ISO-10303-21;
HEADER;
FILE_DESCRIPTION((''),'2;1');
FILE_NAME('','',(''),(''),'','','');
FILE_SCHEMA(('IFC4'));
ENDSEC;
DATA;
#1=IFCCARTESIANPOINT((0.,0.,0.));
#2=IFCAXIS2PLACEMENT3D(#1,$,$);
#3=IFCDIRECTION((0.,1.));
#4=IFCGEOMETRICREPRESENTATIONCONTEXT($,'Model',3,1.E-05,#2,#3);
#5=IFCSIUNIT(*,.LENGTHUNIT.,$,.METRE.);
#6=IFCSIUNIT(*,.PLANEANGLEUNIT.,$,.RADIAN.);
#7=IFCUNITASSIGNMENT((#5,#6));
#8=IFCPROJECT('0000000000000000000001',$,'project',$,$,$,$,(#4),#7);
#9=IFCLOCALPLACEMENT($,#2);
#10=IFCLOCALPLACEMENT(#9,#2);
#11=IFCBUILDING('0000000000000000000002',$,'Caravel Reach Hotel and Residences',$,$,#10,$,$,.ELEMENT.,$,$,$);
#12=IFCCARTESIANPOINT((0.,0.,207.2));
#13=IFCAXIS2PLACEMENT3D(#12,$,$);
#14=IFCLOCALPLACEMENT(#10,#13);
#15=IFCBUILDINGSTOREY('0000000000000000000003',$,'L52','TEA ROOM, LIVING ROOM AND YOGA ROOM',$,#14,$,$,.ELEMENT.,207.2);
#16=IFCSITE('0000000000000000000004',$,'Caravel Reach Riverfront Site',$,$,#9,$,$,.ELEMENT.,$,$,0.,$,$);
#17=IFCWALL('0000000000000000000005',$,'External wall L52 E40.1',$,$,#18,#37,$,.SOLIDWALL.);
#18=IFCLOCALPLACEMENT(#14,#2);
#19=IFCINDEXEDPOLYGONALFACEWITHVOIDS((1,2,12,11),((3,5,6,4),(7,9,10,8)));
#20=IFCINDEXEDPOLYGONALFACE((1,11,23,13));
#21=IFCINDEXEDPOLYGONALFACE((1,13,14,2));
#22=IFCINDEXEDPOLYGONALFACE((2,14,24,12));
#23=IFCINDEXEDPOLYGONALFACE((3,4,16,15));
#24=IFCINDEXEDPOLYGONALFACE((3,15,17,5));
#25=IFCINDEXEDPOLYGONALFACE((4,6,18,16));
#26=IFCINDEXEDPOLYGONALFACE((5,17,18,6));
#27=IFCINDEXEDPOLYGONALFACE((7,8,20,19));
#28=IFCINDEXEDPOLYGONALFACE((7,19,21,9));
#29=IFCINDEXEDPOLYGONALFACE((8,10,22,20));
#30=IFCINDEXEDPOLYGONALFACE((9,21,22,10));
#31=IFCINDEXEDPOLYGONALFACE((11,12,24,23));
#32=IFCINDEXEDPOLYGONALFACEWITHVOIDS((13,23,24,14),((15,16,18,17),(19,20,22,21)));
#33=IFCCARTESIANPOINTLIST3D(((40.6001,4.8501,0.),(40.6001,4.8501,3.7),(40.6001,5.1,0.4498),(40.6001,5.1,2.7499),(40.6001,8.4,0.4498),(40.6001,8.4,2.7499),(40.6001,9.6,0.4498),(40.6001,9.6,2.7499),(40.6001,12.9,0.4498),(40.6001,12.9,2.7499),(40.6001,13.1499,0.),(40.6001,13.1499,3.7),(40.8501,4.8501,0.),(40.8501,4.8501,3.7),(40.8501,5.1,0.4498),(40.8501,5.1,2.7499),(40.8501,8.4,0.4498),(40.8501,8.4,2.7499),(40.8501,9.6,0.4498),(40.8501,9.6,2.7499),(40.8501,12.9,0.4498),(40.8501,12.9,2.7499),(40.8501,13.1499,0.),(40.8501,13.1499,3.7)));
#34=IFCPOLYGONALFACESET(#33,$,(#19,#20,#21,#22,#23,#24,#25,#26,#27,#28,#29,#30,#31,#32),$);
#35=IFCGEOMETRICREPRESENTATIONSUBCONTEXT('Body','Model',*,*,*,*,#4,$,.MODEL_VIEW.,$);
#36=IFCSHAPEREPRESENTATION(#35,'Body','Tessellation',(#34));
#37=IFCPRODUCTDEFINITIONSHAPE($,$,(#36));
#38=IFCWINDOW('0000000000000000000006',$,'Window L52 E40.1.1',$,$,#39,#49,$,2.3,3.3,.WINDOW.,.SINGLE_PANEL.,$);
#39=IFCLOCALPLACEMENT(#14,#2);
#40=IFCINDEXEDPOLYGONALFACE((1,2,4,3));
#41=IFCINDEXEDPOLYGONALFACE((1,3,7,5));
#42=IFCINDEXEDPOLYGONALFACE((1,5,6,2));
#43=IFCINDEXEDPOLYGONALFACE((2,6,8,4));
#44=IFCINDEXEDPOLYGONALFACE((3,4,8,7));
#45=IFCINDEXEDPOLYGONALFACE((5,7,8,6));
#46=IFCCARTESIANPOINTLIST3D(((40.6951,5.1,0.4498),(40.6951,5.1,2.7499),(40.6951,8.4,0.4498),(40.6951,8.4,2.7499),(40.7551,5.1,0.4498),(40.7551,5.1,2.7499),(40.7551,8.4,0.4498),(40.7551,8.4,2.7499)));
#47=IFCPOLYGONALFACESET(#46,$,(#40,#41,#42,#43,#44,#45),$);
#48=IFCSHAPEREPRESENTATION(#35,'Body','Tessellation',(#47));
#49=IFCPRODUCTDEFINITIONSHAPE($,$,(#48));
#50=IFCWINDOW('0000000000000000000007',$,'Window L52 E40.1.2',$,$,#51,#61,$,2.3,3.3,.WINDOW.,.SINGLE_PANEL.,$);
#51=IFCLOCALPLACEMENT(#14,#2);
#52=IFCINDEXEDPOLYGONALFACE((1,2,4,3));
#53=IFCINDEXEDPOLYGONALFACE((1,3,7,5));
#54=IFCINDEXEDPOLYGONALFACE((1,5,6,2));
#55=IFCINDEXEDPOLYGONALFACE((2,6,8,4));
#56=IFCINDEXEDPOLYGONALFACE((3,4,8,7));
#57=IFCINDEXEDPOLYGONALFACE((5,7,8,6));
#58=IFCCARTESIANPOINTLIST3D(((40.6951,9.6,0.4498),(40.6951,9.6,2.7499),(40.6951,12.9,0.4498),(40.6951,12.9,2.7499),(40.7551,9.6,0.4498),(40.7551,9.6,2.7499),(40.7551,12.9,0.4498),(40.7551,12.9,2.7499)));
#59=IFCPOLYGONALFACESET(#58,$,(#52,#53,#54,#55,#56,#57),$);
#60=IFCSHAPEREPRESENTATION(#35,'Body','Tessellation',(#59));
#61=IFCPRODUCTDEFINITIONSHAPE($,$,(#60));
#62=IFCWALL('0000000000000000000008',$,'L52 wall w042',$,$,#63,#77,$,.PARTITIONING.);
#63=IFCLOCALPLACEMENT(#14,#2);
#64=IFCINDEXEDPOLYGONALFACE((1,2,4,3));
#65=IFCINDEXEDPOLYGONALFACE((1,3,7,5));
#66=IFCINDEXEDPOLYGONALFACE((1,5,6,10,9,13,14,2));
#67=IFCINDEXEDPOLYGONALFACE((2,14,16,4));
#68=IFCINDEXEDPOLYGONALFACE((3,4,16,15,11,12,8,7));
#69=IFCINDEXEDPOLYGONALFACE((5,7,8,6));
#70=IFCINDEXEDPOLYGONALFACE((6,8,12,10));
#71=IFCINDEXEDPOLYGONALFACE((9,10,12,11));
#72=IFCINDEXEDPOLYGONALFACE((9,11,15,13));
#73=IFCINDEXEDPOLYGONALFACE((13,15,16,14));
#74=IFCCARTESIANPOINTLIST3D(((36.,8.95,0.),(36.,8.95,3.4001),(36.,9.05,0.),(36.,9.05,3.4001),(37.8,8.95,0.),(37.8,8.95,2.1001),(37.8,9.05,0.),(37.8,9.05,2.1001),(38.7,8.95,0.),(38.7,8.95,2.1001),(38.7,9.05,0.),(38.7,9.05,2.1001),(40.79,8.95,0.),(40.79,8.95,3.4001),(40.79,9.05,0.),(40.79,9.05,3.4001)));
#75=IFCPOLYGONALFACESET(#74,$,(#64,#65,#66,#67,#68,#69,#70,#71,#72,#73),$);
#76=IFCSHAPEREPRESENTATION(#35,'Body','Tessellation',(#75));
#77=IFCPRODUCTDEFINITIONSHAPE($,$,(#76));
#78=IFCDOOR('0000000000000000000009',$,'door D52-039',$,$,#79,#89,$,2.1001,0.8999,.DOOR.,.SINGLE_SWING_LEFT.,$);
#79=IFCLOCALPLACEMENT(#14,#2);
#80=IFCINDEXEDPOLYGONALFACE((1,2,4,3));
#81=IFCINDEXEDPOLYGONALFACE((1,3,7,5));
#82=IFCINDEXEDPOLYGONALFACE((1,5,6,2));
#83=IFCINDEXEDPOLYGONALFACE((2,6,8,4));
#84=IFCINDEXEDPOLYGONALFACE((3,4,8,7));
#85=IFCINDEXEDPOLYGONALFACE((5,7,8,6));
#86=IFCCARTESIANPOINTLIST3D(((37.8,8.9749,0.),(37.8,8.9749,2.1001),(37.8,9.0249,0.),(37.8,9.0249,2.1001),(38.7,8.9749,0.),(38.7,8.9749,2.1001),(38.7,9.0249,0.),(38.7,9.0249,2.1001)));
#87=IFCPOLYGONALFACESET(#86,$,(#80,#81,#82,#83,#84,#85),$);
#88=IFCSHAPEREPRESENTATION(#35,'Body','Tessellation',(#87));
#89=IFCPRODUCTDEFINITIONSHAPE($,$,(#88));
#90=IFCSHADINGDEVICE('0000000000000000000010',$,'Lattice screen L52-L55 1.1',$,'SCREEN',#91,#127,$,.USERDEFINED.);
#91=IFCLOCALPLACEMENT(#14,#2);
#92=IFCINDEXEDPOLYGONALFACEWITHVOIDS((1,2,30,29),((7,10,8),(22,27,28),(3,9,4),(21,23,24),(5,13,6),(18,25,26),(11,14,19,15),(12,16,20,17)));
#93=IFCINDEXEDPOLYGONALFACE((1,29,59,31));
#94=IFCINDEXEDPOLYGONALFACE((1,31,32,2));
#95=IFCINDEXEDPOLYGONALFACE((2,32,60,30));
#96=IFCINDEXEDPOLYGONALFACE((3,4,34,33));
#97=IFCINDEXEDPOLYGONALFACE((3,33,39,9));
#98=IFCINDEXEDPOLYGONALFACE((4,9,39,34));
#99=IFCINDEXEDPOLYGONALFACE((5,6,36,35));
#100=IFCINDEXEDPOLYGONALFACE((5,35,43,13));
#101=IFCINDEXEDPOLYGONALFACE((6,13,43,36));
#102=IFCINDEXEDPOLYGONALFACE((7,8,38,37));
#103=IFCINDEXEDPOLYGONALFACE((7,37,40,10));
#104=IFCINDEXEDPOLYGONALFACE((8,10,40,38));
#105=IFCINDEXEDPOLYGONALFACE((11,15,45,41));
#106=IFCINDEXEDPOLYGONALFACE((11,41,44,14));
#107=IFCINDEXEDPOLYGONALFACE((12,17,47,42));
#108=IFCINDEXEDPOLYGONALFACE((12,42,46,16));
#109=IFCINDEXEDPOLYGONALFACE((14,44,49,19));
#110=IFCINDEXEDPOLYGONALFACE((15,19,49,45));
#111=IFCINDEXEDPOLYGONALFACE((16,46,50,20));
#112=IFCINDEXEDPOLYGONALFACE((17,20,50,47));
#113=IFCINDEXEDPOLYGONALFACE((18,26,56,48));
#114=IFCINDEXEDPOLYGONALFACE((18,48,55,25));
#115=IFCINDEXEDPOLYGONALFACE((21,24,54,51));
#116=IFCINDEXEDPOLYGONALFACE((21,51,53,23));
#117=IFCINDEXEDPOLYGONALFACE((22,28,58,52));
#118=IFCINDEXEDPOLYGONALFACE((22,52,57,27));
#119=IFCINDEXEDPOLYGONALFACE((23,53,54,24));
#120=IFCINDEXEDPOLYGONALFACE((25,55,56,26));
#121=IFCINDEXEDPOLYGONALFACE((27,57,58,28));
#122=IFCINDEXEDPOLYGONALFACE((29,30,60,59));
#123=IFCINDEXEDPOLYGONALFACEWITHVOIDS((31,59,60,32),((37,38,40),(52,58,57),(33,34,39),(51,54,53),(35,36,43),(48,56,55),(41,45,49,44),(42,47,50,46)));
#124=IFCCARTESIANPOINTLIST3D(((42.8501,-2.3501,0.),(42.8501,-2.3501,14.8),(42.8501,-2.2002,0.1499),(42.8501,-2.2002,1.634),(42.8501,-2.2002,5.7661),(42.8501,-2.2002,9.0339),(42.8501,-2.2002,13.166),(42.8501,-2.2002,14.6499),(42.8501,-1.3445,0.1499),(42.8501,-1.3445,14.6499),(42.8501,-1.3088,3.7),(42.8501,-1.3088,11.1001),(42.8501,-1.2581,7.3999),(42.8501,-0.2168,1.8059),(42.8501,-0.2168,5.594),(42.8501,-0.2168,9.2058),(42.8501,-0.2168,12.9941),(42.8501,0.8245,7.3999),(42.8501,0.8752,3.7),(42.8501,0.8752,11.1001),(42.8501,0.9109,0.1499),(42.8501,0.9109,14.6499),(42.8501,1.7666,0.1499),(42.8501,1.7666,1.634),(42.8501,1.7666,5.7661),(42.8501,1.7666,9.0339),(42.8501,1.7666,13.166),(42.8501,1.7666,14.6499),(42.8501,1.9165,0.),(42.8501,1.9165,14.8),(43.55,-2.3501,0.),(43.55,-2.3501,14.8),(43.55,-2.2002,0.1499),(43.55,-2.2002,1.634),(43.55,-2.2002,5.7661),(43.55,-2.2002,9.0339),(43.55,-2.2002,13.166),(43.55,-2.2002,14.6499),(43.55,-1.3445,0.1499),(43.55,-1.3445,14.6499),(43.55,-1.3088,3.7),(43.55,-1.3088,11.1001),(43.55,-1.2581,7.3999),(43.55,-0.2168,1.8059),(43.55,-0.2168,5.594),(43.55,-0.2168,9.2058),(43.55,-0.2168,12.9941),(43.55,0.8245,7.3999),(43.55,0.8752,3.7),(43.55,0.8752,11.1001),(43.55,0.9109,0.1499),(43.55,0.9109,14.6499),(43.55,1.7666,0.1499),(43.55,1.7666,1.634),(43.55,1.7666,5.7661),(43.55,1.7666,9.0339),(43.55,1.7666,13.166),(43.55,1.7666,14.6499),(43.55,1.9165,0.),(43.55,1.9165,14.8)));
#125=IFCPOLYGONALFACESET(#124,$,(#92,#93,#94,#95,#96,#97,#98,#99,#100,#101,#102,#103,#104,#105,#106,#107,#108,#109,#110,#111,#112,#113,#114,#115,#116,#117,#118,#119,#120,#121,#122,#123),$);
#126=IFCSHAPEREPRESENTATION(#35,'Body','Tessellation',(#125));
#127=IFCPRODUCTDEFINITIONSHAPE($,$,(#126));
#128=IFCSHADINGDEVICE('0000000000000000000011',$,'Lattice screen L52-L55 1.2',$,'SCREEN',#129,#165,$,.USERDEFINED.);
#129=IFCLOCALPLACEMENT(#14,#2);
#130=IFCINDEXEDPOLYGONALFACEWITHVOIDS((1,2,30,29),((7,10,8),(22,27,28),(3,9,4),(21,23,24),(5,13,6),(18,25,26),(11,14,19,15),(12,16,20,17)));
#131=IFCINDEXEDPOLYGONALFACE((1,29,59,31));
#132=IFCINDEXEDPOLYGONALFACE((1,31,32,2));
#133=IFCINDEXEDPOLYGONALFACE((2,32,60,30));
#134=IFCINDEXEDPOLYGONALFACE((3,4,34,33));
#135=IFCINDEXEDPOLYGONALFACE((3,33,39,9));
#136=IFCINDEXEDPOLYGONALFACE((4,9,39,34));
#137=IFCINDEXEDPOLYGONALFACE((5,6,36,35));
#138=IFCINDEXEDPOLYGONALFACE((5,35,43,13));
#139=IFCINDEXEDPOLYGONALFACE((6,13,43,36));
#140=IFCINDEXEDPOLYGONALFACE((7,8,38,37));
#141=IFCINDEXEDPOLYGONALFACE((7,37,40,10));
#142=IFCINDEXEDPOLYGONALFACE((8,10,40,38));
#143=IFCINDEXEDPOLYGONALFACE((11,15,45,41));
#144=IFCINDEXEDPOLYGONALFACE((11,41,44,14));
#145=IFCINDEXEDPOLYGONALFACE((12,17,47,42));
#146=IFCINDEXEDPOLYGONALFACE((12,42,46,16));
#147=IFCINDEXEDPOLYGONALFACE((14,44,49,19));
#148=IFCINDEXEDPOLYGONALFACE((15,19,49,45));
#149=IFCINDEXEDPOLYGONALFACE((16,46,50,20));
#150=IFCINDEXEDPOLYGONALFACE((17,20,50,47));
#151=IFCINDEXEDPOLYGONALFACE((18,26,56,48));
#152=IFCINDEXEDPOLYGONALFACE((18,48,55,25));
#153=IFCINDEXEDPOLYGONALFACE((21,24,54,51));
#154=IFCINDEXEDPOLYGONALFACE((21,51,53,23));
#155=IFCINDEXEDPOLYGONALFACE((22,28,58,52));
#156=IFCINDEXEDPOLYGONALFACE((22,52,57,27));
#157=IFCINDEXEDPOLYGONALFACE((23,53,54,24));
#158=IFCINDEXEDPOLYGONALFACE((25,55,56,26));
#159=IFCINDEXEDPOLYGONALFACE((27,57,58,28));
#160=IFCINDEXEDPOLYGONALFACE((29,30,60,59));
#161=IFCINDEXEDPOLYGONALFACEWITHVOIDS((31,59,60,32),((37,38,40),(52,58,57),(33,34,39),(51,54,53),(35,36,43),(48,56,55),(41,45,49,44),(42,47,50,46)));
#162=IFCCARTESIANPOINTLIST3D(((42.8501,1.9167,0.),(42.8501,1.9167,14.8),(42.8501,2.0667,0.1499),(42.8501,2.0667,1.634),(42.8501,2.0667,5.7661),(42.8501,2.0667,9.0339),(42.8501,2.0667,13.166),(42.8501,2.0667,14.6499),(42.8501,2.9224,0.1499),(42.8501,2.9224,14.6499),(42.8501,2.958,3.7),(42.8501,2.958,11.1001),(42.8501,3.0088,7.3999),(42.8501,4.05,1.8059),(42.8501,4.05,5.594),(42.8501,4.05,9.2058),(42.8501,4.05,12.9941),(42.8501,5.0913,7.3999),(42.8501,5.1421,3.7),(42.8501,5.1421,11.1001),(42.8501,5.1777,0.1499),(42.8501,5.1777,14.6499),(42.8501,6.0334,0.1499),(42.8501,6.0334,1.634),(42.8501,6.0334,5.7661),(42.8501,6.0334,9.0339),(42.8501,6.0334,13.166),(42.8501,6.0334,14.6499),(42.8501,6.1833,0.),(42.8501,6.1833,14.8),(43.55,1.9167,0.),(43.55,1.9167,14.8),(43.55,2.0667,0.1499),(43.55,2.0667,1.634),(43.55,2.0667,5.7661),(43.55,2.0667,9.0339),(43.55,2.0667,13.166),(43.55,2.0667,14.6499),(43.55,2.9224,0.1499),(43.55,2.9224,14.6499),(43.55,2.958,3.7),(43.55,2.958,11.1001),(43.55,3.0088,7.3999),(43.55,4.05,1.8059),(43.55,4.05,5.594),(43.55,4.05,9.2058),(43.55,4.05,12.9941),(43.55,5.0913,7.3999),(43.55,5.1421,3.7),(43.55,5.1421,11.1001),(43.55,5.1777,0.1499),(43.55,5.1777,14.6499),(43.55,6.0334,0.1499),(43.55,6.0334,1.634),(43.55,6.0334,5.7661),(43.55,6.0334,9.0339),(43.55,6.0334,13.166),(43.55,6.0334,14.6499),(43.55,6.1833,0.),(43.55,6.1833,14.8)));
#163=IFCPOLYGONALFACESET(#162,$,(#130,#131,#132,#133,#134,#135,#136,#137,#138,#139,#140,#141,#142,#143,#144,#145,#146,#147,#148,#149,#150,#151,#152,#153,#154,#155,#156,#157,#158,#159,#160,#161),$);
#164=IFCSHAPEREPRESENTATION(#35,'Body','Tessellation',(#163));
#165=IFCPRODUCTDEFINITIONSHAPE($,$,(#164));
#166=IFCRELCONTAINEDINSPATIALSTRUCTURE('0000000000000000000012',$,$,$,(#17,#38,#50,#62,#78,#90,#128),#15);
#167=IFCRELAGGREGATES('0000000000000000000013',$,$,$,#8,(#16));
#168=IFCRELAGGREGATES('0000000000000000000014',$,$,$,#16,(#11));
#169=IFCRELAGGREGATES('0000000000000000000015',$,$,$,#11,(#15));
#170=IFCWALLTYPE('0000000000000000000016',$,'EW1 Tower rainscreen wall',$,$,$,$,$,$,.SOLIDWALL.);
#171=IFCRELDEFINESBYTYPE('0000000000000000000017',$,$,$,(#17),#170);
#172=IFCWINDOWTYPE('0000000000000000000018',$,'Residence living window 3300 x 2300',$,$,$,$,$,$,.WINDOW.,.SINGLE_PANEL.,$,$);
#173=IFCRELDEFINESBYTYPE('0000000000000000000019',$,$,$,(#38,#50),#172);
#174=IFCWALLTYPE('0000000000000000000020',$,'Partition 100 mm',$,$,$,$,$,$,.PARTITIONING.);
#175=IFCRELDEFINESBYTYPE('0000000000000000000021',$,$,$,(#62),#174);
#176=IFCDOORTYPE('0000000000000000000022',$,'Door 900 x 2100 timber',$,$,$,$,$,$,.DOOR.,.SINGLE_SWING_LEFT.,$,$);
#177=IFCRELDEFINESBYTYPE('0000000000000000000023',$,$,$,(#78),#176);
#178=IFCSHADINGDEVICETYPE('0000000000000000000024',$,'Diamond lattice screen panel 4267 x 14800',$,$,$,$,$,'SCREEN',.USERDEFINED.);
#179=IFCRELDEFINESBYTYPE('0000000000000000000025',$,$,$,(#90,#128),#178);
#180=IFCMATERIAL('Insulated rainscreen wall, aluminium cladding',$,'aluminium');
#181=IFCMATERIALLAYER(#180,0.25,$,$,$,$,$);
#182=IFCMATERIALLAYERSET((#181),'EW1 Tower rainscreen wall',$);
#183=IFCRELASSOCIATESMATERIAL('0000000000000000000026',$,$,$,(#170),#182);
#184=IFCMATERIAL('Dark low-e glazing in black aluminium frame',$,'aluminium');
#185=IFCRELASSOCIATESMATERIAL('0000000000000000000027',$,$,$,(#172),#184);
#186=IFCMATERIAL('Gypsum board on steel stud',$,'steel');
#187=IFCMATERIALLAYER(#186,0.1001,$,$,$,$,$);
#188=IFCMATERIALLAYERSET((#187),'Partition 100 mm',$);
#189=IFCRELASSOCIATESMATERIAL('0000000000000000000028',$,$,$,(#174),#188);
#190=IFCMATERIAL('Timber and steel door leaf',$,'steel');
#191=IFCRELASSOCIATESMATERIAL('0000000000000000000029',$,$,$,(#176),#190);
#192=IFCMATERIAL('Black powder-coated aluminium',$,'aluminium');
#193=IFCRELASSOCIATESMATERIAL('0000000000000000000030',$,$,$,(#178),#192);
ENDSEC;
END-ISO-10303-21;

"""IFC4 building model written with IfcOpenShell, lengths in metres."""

from ifc_helpers import new_model, si_unit, direction, frame, frame_2d, origin, place, context, subcontext, project, spatial, polyline, rectangle, outline, extrude, material, layer, layer_set, type_object, element, fill, save


model = new_model("IFC4")

# Units and contexts
model_context = context("Model", 3, precision=1e-05, world=origin(), true_north=direction((0.0, 1.0)))
body_context = subcontext(model_context, "Body", "Model", "MODEL_VIEW")
ifc_project = project(units=[si_unit("LENGTHUNIT", "METRE"), si_unit("PLANEANGLEUNIT", "RADIAN")], contexts=[model_context])

# Site, building, storey
site_placement = place(None, origin())
site = spatial("IfcSite", under=ifc_project, at=site_placement, Name="Caravel Reach Riverfront Site", CompositionType="ELEMENT", RefElevation=0.0)
building_placement = place(site_placement, origin())
building = spatial("IfcBuilding", under=site, at=building_placement, Name="Caravel Reach Hotel and Residences", CompositionType="ELEMENT")
storey_placement = place(building_placement, frame((0.0, 0.0, 207.2)))
storey = spatial("IfcBuildingStorey", under=building, at=storey_placement, Name="L52", Description="TEA ROOM, LIVING ROOM AND YOGA ROOM", CompositionType="ELEMENT", Elevation=207.2)

# Shared definitions
ifc_material_1 = material(Name="Insulated rainscreen wall, aluminium cladding", Category="aluminium")
ifc_layer_1 = layer(ifc_material_1, 0.25)
ifc_layer_set_1 = layer_set([ifc_layer_1], Name="EW1 Tower rainscreen wall")
wall_type_1 = type_object("IfcWallType", Name="EW1 Tower rainscreen wall", PredefinedType="SOLIDWALL", material=ifc_layer_set_1)

# Wall, openings, windows
wall_1_placement = place(storey_placement, frame((40.7251, 4.8501, 0.0), z_axis=(0.0, 0.0, 1.0), x_axis=(0.0, 1.0, 0.0)))
wall_1 = element("IfcWall", 1, at=wall_1_placement, inside=storey, type_object=wall_type_1, Name="External wall L52 E40.1", PredefinedType="SOLIDWALL", context=body_context, shape_type="SweptSolid", body=[
    extrude(rectangle(XDim=8.2998, YDim=0.25, at=frame_2d((4.1499, 0.0))), origin(), (0.0, 0.0, 1.0), 3.7),
])
opening_1_placement = place(wall_1_placement, frame((0.25, 0.0, 0.45)))
opening_1 = element("IfcOpeningElement", 2, at=opening_1_placement, cuts=wall_1, PredefinedType="OPENING", context=body_context, shape_type="SweptSolid", body=[
    extrude(rectangle(XDim=3.3, YDim=2.3, at=frame_2d((1.6499, 1.1499))), frame((0.0, 0.135, 0.0), z_axis=(0.0, -1.0, 0.0), x_axis=(1.0, 0.0, 0.0)), (0.0, 0.0, 1.0), 0.27),
])
opening_2_placement = place(wall_1_placement, frame((4.75, 0.0, 0.45)))
opening_2 = element("IfcOpeningElement", 3, at=opening_2_placement, cuts=wall_1, PredefinedType="OPENING", context=body_context, shape_type="SweptSolid", body=[
    extrude(rectangle(XDim=3.3, YDim=2.3, at=frame_2d((1.6499, 1.1499))), frame((0.0, 0.135, 0.0), z_axis=(0.0, -1.0, 0.0), x_axis=(1.0, 0.0, 0.0)), (0.0, 0.0, 1.0), 0.27),
])
ifc_material_2 = material(Name="Dark low-e glazing in black aluminium frame", Category="aluminium")
window_type_1 = type_object("IfcWindowType", Name="Residence living window 3300 x 2300", PartitioningType="SINGLE_PANEL", PredefinedType="WINDOW", material=ifc_material_2)
window_1_placement = place(opening_1_placement, origin())
window_1 = element("IfcWindow", 4, at=window_1_placement, inside=storey, type_object=window_type_1, Name="Window L52 E40.1.1", OverallHeight=2.3, OverallWidth=3.3, PartitioningType="SINGLE_PANEL", PredefinedType="WINDOW", context=body_context, shape_type="SweptSolid", body=[
    extrude(rectangle(XDim=3.3, YDim=2.3, at=frame_2d((1.6499, 1.1499))), frame((0.0, 0.03, 0.0), z_axis=(0.0, -1.0, 0.0), x_axis=(1.0, 0.0, 0.0)), (0.0, 0.0, 1.0), 0.0601),
])
fill(opening_1, window_1)
window_2_placement = place(opening_2_placement, origin())
window_2 = element("IfcWindow", 5, at=window_2_placement, inside=storey, type_object=window_type_1, Name="Window L52 E40.1.2", OverallHeight=2.3, OverallWidth=3.3, PartitioningType="SINGLE_PANEL", PredefinedType="WINDOW", context=body_context, shape_type="SweptSolid", body=[
    extrude(rectangle(XDim=3.3, YDim=2.3, at=frame_2d((1.6499, 1.1499))), frame((0.0, 0.03, 0.0), z_axis=(0.0, -1.0, 0.0), x_axis=(1.0, 0.0, 0.0)), (0.0, 0.0, 1.0), 0.0601),
])
fill(opening_2, window_2)

# Wall, opening, door
ifc_material_3 = material(Name="Gypsum board on steel stud", Category="steel")
ifc_layer_2 = layer(ifc_material_3, 0.1001)
ifc_layer_set_2 = layer_set([ifc_layer_2], Name="Partition 100 mm")
wall_type_2 = type_object("IfcWallType", Name="Partition 100 mm", PredefinedType="PARTITIONING", material=ifc_layer_set_2)
wall_2_placement = place(storey_placement, frame((36.0, 9.0, 0.0), z_axis=(0.0, 0.0, 1.0), x_axis=(1.0, 0.0, 0.0)))
wall_2 = element("IfcWall", 6, at=wall_2_placement, inside=storey, type_object=wall_type_2, Name="L52 wall w042", PredefinedType="PARTITIONING", context=body_context, shape_type="SweptSolid", body=[
    extrude(rectangle(XDim=4.79, YDim=0.1001, at=frame_2d((2.395, 0.0))), origin(), (0.0, 0.0, 1.0), 3.4001),
])
opening_3_placement = place(wall_2_placement, frame((1.8, 0.0, 0.0)))
opening_3 = element("IfcOpeningElement", 7, at=opening_3_placement, cuts=wall_2, PredefinedType="OPENING", context=body_context, shape_type="SweptSolid", body=[
    extrude(rectangle(XDim=0.8999, YDim=2.1001, at=frame_2d((0.45, 1.05))), frame((0.0, 0.0601, 0.0), z_axis=(0.0, -1.0, 0.0), x_axis=(1.0, 0.0, 0.0)), (0.0, 0.0, 1.0), 0.1201),
])
ifc_material_4 = material(Name="Timber and steel door leaf", Category="steel")
door_type = type_object("IfcDoorType", Name="Door 900 x 2100 timber", OperationType="SINGLE_SWING_LEFT", PredefinedType="DOOR", material=ifc_material_4)
door_placement = place(opening_3_placement, origin())
door = element("IfcDoor", 8, at=door_placement, inside=storey, type_object=door_type, Name="door D52-039", OperationType="SINGLE_SWING_LEFT", OverallHeight=2.1001, OverallWidth=0.8999, PredefinedType="DOOR", context=body_context, shape_type="SweptSolid", body=[
    extrude(rectangle(XDim=0.8999, YDim=2.1001, at=frame_2d((0.45, 1.05))), frame((0.0, 0.0249, 0.0), z_axis=(0.0, -1.0, 0.0), x_axis=(1.0, 0.0, 0.0)), (0.0, 0.0, 1.0), 0.05),
])
fill(opening_3, door)

# Shading devices
ifc_material_5 = material(Name="Black powder-coated aluminium", Category="aluminium")
shading_device_type_1 = type_object("IfcShadingDeviceType", Name="Diamond lattice screen panel 4267 x 14800", ElementType="SCREEN", PredefinedType="USERDEFINED", material=ifc_material_5)
for number, where, z_axis, x_axis, name in (
    (9, (42.8501, -2.3501, 0.0), (1.0, 0.0, 0.0), (0.0, 1.0, 0.0), "Lattice screen L52-L55 1.1"),
    (10, (42.8501, 1.9167, 0.0), (1.0, 0.0, 0.0), (0.0, 1.0, 0.0), "Lattice screen L52-L55 1.2"),
):
    element("IfcShadingDevice", number, at=place(storey_placement, frame(where, z_axis=z_axis, x_axis=x_axis)), inside=storey, type_object=shading_device_type_1, Name=name, ObjectType="SCREEN", PredefinedType="USERDEFINED", context=body_context, shape_type="SweptSolid", body=[
        extrude(outline(polyline([(0.0, 0.0), (4.2666, 0.0), (4.2666, 14.8), (0.0, 14.8), (0.0, 0.0)]), holes=[polyline([(1.0056, 0.1499), (0.1499, 1.634), (0.1499, 0.1499), (1.0056, 0.1499)]), polyline([(1.092, 7.3999), (0.1499, 9.0339), (0.1499, 5.7661), (1.092, 7.3999)]), polyline([(0.1499, 13.166), (1.0056, 14.6499), (0.1499, 14.6499), (0.1499, 13.166)]), polyline([(2.1333, 5.594), (1.0413, 3.7), (2.1333, 1.8059), (3.2253, 3.7), (2.1333, 5.594)]), polyline([(2.1333, 12.9941), (1.0413, 11.1001), (2.1333, 9.2058), (3.2253, 11.1001), (2.1333, 12.9941)]), polyline([(4.1167, 1.634), (3.261, 0.1499), (4.1167, 0.1499), (4.1167, 1.634)]), polyline([(3.1746, 7.3999), (4.1167, 5.7661), (4.1167, 9.0339), (3.1746, 7.3999)]), polyline([(3.261, 14.6499), (4.1167, 13.166), (4.1167, 14.6499), (3.261, 14.6499)])]), origin(), (0.0, 0.0, 1.0), 0.7),
    ])

save(model, "model.ifc")
